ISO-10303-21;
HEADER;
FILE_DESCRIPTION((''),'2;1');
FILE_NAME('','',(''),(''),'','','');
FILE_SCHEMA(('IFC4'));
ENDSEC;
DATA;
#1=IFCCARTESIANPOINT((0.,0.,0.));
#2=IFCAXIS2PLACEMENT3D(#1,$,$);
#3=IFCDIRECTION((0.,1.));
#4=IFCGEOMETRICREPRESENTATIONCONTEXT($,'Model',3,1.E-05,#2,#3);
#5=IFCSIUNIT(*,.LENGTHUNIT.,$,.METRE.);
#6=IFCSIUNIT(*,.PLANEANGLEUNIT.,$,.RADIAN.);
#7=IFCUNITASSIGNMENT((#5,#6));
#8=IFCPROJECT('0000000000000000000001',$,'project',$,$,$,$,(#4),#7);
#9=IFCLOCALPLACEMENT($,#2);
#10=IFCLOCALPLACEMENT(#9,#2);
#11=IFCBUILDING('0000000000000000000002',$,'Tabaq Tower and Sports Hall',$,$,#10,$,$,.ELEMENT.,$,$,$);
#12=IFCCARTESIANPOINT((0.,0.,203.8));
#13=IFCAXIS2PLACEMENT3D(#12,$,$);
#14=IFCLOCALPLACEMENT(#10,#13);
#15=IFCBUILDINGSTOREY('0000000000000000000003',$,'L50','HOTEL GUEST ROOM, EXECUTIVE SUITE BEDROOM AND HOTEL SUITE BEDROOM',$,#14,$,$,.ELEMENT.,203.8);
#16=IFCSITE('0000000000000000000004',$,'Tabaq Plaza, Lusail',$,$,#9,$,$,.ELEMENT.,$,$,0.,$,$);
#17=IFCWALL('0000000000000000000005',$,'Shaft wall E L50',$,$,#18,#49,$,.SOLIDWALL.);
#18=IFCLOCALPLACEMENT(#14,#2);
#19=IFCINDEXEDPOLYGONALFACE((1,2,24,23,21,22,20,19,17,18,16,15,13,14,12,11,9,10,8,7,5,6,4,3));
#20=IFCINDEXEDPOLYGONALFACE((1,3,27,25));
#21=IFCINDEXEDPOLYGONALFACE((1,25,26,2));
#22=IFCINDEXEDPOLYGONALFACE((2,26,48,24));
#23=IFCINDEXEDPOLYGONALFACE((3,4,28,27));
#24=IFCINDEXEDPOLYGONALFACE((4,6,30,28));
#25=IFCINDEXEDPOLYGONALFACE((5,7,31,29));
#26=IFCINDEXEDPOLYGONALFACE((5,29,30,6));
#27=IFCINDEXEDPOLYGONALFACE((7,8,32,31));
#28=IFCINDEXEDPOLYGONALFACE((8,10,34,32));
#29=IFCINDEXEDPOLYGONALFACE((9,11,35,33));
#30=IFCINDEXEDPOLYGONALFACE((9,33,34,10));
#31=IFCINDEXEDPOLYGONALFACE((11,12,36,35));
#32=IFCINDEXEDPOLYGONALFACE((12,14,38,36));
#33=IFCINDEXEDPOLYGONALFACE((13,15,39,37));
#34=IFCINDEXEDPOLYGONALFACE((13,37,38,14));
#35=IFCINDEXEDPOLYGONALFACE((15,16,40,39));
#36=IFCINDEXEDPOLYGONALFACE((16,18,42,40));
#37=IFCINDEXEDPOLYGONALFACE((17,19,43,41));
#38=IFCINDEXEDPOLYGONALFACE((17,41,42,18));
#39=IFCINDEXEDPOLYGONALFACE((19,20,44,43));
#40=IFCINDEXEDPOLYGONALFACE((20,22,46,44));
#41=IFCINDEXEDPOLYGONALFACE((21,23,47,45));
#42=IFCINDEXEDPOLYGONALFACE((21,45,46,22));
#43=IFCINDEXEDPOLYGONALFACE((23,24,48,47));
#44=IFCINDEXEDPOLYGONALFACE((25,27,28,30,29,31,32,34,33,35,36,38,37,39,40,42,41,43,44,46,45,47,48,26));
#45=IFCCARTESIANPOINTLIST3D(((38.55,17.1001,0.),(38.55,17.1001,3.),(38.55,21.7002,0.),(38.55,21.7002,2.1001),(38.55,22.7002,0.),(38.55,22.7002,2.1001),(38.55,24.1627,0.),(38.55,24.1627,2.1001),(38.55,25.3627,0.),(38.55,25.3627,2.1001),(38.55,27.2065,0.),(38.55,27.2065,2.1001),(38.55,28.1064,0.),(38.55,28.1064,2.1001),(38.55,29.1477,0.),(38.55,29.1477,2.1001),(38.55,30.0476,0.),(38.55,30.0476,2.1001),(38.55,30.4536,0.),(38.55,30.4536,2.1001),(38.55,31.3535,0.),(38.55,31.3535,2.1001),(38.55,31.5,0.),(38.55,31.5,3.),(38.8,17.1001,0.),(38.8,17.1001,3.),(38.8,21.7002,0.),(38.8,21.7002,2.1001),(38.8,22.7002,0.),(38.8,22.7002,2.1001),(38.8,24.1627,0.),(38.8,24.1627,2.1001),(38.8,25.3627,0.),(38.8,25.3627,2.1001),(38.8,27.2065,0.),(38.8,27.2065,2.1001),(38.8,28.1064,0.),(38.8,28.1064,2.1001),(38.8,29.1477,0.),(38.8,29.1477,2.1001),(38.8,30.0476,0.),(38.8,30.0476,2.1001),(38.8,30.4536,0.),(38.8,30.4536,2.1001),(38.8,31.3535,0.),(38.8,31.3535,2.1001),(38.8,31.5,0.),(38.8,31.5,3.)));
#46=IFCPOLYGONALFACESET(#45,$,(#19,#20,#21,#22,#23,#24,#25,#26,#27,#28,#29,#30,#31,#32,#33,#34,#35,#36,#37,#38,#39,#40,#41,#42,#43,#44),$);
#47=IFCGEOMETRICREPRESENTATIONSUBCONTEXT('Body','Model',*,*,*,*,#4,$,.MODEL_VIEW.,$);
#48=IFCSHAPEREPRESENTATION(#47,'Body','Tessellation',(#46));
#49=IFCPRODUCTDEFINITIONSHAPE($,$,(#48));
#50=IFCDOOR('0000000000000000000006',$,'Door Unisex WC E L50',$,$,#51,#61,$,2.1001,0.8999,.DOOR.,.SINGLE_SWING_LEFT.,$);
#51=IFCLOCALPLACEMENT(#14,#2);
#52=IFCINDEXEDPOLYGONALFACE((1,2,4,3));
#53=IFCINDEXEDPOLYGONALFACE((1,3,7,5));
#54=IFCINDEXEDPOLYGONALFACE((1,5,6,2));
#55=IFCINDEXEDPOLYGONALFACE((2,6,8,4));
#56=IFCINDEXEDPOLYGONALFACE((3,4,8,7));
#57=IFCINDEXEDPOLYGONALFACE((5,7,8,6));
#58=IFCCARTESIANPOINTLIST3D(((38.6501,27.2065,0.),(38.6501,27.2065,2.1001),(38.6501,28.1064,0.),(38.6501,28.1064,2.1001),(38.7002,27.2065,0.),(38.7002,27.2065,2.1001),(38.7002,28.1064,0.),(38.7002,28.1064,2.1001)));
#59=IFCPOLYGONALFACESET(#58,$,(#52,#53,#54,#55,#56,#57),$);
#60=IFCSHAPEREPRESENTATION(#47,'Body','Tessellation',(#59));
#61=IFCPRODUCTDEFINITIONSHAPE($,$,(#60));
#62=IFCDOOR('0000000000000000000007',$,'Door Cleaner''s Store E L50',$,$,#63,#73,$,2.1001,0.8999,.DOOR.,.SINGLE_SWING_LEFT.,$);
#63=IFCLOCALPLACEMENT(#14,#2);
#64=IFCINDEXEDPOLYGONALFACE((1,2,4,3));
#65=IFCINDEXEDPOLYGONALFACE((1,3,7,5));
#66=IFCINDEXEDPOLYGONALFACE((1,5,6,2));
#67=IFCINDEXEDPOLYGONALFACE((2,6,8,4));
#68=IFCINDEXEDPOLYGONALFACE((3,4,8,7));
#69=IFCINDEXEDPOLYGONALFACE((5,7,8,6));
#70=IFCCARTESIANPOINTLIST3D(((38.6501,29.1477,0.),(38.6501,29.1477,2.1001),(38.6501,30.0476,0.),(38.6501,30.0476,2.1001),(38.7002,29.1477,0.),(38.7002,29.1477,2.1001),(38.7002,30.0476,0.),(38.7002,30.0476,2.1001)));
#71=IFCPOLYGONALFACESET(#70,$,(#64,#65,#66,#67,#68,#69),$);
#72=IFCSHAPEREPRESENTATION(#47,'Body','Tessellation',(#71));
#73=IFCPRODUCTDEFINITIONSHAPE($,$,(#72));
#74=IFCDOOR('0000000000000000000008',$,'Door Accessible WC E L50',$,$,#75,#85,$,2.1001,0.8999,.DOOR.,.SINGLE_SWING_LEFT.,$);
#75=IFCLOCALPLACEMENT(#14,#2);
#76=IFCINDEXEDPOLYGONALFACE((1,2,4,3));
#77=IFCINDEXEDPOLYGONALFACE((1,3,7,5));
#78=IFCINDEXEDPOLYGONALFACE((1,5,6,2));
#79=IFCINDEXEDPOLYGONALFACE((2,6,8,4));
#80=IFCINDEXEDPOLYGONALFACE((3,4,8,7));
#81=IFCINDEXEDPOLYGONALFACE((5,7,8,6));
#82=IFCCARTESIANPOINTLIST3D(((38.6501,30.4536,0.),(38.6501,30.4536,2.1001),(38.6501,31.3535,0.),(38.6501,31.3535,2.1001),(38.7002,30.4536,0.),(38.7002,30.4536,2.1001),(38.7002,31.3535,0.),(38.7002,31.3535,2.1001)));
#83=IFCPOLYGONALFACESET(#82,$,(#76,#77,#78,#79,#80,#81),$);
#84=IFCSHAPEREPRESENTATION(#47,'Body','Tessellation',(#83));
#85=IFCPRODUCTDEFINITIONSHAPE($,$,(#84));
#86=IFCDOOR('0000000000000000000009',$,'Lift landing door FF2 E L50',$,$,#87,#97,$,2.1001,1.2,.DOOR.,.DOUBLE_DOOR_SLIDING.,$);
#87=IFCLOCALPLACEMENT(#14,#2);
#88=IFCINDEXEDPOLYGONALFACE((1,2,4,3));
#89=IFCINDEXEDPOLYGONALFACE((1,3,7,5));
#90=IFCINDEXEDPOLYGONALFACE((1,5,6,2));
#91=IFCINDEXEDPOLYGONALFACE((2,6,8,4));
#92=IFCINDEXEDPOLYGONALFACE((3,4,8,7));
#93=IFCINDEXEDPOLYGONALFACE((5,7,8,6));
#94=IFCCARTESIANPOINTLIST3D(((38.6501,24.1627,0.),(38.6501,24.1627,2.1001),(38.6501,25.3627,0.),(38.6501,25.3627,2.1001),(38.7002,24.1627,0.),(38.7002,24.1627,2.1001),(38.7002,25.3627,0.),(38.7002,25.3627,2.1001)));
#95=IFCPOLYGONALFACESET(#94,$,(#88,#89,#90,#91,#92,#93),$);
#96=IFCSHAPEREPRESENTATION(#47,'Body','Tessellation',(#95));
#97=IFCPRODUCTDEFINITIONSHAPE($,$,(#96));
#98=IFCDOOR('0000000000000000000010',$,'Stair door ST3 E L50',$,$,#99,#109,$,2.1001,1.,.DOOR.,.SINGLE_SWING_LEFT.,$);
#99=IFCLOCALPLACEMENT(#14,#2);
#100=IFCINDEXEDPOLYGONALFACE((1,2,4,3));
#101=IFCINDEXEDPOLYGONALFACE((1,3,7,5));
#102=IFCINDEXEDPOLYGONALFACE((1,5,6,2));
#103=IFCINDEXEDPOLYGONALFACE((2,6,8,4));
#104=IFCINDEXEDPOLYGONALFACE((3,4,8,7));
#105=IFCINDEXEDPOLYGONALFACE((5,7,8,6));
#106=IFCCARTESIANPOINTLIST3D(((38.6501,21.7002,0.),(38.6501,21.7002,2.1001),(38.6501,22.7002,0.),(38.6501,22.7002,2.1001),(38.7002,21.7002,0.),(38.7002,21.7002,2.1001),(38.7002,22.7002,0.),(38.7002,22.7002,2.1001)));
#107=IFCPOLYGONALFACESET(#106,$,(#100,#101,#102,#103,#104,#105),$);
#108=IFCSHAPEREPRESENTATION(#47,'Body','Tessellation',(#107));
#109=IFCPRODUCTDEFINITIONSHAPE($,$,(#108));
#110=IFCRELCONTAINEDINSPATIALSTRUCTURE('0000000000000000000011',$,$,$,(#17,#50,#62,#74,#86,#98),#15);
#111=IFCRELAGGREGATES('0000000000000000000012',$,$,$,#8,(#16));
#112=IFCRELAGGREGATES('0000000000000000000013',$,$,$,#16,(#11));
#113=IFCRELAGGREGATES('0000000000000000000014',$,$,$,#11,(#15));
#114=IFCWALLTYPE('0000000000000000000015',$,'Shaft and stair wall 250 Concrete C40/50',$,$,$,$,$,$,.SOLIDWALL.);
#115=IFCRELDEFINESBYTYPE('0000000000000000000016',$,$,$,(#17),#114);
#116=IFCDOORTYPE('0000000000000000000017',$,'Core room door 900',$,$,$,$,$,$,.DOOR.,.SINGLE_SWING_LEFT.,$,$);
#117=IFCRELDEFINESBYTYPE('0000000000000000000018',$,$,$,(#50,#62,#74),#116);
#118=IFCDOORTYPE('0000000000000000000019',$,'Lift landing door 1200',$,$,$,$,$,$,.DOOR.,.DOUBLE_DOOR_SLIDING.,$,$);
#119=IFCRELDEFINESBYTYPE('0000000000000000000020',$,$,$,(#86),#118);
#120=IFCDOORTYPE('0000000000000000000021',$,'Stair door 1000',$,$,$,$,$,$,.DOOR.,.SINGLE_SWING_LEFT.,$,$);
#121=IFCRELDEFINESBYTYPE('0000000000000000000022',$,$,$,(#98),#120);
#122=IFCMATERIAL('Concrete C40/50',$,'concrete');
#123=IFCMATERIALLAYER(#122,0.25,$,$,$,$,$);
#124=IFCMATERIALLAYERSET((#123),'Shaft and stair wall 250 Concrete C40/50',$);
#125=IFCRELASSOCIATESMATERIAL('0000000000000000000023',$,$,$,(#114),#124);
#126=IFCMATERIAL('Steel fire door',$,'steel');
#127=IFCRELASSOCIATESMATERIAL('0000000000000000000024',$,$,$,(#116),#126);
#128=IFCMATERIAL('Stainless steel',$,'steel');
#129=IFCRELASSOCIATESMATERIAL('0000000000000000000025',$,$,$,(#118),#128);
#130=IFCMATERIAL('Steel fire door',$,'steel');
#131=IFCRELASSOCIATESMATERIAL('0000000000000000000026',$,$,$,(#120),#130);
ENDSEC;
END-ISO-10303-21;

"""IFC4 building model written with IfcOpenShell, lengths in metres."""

from ifc_helpers import new_model, si_unit, direction, frame, frame_2d, origin, place, context, subcontext, project, spatial, rectangle, extrude, material, layer, layer_set, type_object, element, fill, save


model = new_model("IFC4")

# Units and contexts
model_context = context("Model", 3, precision=1e-05, world=origin(), true_north=direction((0.0, 1.0)))
body_context = subcontext(model_context, "Body", "Model", "MODEL_VIEW")
ifc_project = project(units=[si_unit("LENGTHUNIT", "METRE"), si_unit("PLANEANGLEUNIT", "RADIAN")], contexts=[model_context])

# Site, building, storey
site_placement = place(None, origin())
site = spatial("IfcSite", under=ifc_project, at=site_placement, Name="Tabaq Plaza, Lusail", CompositionType="ELEMENT", RefElevation=0.0)
building_placement = place(site_placement, origin())
building = spatial("IfcBuilding", under=site, at=building_placement, Name="Tabaq Tower and Sports Hall", CompositionType="ELEMENT")
storey_placement = place(building_placement, frame((0.0, 0.0, 203.8)))
storey = spatial("IfcBuildingStorey", under=building, at=storey_placement, Name="L50", Description="HOTEL GUEST ROOM, EXECUTIVE SUITE BEDROOM AND HOTEL SUITE BEDROOM", CompositionType="ELEMENT", Elevation=203.8)

# Wall, openings, doors
ifc_material_1 = material(Name="Concrete C40/50", Category="concrete")
ifc_layer_1 = layer(ifc_material_1, 0.25)
ifc_layer_set_1 = layer_set([ifc_layer_1], Name="Shaft and stair wall 250 Concrete C40/50")
wall_type_1 = type_object("IfcWallType", Name="Shaft and stair wall 250 Concrete C40/50", PredefinedType="SOLIDWALL", material=ifc_layer_set_1)
wall_1_placement = place(storey_placement, frame((38.675, 17.1001, 0.0), z_axis=(0.0, 0.0, 1.0), x_axis=(0.0, 1.0, 0.0)))
wall_1 = element("IfcWall", 1, at=wall_1_placement, inside=storey, type_object=wall_type_1, Name="Shaft wall E L50", PredefinedType="SOLIDWALL", context=body_context, shape_type="SweptSolid", body=[
    extrude(rectangle(XDim=14.3999, YDim=0.25, at=frame_2d((7.2, 0.0))), origin(), (0.0, 0.0, 1.0), 3.0),
])
opening_1_placement = place(wall_1_placement, frame((4.6001, 0.0, 0.0)))
opening_1 = element("IfcOpeningElement", 2, at=opening_1_placement, cuts=wall_1, PredefinedType="OPENING", context=body_context, shape_type="SweptSolid", body=[
    extrude(rectangle(XDim=1.0, YDim=2.1001, at=frame_2d((0.5, 1.05))), frame((0.0, 0.125, 0.0), z_axis=(0.0, -1.0, 0.0), x_axis=(1.0, 0.0, 0.0)), (0.0, 0.0, 1.0), 0.25),
])
opening_2_placement = place(wall_1_placement, frame((7.0625, 0.0, 0.0)))
opening_2 = element("IfcOpeningElement", 3, at=opening_2_placement, cuts=wall_1, PredefinedType="OPENING", context=body_context, shape_type="SweptSolid", body=[
    extrude(rectangle(XDim=1.2, YDim=2.1001, at=frame_2d((0.6001, 1.05))), frame((0.0, 0.125, 0.0), z_axis=(0.0, -1.0, 0.0), x_axis=(1.0, 0.0, 0.0)), (0.0, 0.0, 1.0), 0.25),
])
opening_3_placement = place(wall_1_placement, frame((10.1064, 0.0, 0.0)))
opening_3 = element("IfcOpeningElement", 4, at=opening_3_placement, cuts=wall_1, PredefinedType="OPENING", context=body_context, shape_type="SweptSolid", body=[
    extrude(rectangle(XDim=0.8999, YDim=2.1001, at=frame_2d((0.45, 1.05))), frame((0.0, 0.125, 0.0), z_axis=(0.0, -1.0, 0.0), x_axis=(1.0, 0.0, 0.0)), (0.0, 0.0, 1.0), 0.25),
])
opening_4_placement = place(wall_1_placement, frame((12.0476, 0.0, 0.0)))
opening_4 = element("IfcOpeningElement", 5, at=opening_4_placement, cuts=wall_1, PredefinedType="OPENING", context=body_context, shape_type="SweptSolid", body=[
    extrude(rectangle(XDim=0.8999, YDim=2.1001, at=frame_2d((0.45, 1.05))), frame((0.0, 0.125, 0.0), z_axis=(0.0, -1.0, 0.0), x_axis=(1.0, 0.0, 0.0)), (0.0, 0.0, 1.0), 0.25),
])
opening_5_placement = place(wall_1_placement, frame((13.3535, 0.0, 0.0)))
opening_5 = element("IfcOpeningElement", 6, at=opening_5_placement, cuts=wall_1, PredefinedType="OPENING", context=body_context, shape_type="SweptSolid", body=[
    extrude(rectangle(XDim=0.8999, YDim=2.1001, at=frame_2d((0.45, 1.05))), frame((0.0, 0.125, 0.0), z_axis=(0.0, -1.0, 0.0), x_axis=(1.0, 0.0, 0.0)), (0.0, 0.0, 1.0), 0.25),
])
ifc_material_2 = material(Name="Steel fire door", Category="steel")
door_type_1 = type_object("IfcDoorType", Name="Core room door 900", OperationType="SINGLE_SWING_LEFT", PredefinedType="DOOR", material=ifc_material_2)
door_1_placement = place(opening_3_placement, origin())
door_1 = element("IfcDoor", 7, at=door_1_placement, inside=storey, type_object=door_type_1, Name="Door Unisex WC E L50", OperationType="SINGLE_SWING_LEFT", OverallHeight=2.1001, OverallWidth=0.8999, PredefinedType="DOOR", context=body_context, shape_type="SweptSolid", body=[
    extrude(rectangle(XDim=0.8999, YDim=2.1001, at=frame_2d((0.45, 1.05))), frame((0.0, 0.0249, 0.0), z_axis=(0.0, -1.0, 0.0), x_axis=(1.0, 0.0, 0.0)), (0.0, 0.0, 1.0), 0.05),
])
fill(opening_3, door_1)
door_2_placement = place(opening_4_placement, origin())
door_2 = element("IfcDoor", 8, at=door_2_placement, inside=storey, type_object=door_type_1, Name="Door Cleaner's Store E L50", OperationType="SINGLE_SWING_LEFT", OverallHeight=2.1001, OverallWidth=0.8999, PredefinedType="DOOR", context=body_context, shape_type="SweptSolid", body=[
    extrude(rectangle(XDim=0.8999, YDim=2.1001, at=frame_2d((0.45, 1.05))), frame((0.0, 0.0249, 0.0), z_axis=(0.0, -1.0, 0.0), x_axis=(1.0, 0.0, 0.0)), (0.0, 0.0, 1.0), 0.05),
])
fill(opening_4, door_2)
door_3_placement = place(opening_5_placement, origin())
door_3 = element("IfcDoor", 9, at=door_3_placement, inside=storey, type_object=door_type_1, Name="Door Accessible WC E L50", OperationType="SINGLE_SWING_LEFT", OverallHeight=2.1001, OverallWidth=0.8999, PredefinedType="DOOR", context=body_context, shape_type="SweptSolid", body=[
    extrude(rectangle(XDim=0.8999, YDim=2.1001, at=frame_2d((0.45, 1.05))), frame((0.0, 0.0249, 0.0), z_axis=(0.0, -1.0, 0.0), x_axis=(1.0, 0.0, 0.0)), (0.0, 0.0, 1.0), 0.05),
])
fill(opening_5, door_3)
ifc_material_3 = material(Name="Stainless steel", Category="steel")
door_type_2 = type_object("IfcDoorType", Name="Lift landing door 1200", OperationType="DOUBLE_DOOR_SLIDING", PredefinedType="DOOR", material=ifc_material_3)
door_4_placement = place(opening_2_placement, origin())
door_4 = element("IfcDoor", 10, at=door_4_placement, inside=storey, type_object=door_type_2, Name="Lift landing door FF2 E L50", OperationType="DOUBLE_DOOR_SLIDING", OverallHeight=2.1001, OverallWidth=1.2, PredefinedType="DOOR", context=body_context, shape_type="SweptSolid", body=[
    extrude(rectangle(XDim=1.2, YDim=2.1001, at=frame_2d((0.6001, 1.05))), frame((0.0, 0.0249, 0.0), z_axis=(0.0, -1.0, 0.0), x_axis=(1.0, 0.0, 0.0)), (0.0, 0.0, 1.0), 0.05),
])
fill(opening_2, door_4)
ifc_material_4 = material(Name="Steel fire door", Category="steel")
door_type_3 = type_object("IfcDoorType", Name="Stair door 1000", OperationType="SINGLE_SWING_LEFT", PredefinedType="DOOR", material=ifc_material_4)
door_5_placement = place(opening_1_placement, origin())
door_5 = element("IfcDoor", 11, at=door_5_placement, inside=storey, type_object=door_type_3, Name="Stair door ST3 E L50", OperationType="SINGLE_SWING_LEFT", OverallHeight=2.1001, OverallWidth=1.0, PredefinedType="DOOR", context=body_context, shape_type="SweptSolid", body=[
    extrude(rectangle(XDim=1.0, YDim=2.1001, at=frame_2d((0.5, 1.05))), frame((0.0, 0.0249, 0.0), z_axis=(0.0, -1.0, 0.0), x_axis=(1.0, 0.0, 0.0)), (0.0, 0.0, 1.0), 0.05),
])
fill(opening_1, door_5)

save(model, "model.ifc")
